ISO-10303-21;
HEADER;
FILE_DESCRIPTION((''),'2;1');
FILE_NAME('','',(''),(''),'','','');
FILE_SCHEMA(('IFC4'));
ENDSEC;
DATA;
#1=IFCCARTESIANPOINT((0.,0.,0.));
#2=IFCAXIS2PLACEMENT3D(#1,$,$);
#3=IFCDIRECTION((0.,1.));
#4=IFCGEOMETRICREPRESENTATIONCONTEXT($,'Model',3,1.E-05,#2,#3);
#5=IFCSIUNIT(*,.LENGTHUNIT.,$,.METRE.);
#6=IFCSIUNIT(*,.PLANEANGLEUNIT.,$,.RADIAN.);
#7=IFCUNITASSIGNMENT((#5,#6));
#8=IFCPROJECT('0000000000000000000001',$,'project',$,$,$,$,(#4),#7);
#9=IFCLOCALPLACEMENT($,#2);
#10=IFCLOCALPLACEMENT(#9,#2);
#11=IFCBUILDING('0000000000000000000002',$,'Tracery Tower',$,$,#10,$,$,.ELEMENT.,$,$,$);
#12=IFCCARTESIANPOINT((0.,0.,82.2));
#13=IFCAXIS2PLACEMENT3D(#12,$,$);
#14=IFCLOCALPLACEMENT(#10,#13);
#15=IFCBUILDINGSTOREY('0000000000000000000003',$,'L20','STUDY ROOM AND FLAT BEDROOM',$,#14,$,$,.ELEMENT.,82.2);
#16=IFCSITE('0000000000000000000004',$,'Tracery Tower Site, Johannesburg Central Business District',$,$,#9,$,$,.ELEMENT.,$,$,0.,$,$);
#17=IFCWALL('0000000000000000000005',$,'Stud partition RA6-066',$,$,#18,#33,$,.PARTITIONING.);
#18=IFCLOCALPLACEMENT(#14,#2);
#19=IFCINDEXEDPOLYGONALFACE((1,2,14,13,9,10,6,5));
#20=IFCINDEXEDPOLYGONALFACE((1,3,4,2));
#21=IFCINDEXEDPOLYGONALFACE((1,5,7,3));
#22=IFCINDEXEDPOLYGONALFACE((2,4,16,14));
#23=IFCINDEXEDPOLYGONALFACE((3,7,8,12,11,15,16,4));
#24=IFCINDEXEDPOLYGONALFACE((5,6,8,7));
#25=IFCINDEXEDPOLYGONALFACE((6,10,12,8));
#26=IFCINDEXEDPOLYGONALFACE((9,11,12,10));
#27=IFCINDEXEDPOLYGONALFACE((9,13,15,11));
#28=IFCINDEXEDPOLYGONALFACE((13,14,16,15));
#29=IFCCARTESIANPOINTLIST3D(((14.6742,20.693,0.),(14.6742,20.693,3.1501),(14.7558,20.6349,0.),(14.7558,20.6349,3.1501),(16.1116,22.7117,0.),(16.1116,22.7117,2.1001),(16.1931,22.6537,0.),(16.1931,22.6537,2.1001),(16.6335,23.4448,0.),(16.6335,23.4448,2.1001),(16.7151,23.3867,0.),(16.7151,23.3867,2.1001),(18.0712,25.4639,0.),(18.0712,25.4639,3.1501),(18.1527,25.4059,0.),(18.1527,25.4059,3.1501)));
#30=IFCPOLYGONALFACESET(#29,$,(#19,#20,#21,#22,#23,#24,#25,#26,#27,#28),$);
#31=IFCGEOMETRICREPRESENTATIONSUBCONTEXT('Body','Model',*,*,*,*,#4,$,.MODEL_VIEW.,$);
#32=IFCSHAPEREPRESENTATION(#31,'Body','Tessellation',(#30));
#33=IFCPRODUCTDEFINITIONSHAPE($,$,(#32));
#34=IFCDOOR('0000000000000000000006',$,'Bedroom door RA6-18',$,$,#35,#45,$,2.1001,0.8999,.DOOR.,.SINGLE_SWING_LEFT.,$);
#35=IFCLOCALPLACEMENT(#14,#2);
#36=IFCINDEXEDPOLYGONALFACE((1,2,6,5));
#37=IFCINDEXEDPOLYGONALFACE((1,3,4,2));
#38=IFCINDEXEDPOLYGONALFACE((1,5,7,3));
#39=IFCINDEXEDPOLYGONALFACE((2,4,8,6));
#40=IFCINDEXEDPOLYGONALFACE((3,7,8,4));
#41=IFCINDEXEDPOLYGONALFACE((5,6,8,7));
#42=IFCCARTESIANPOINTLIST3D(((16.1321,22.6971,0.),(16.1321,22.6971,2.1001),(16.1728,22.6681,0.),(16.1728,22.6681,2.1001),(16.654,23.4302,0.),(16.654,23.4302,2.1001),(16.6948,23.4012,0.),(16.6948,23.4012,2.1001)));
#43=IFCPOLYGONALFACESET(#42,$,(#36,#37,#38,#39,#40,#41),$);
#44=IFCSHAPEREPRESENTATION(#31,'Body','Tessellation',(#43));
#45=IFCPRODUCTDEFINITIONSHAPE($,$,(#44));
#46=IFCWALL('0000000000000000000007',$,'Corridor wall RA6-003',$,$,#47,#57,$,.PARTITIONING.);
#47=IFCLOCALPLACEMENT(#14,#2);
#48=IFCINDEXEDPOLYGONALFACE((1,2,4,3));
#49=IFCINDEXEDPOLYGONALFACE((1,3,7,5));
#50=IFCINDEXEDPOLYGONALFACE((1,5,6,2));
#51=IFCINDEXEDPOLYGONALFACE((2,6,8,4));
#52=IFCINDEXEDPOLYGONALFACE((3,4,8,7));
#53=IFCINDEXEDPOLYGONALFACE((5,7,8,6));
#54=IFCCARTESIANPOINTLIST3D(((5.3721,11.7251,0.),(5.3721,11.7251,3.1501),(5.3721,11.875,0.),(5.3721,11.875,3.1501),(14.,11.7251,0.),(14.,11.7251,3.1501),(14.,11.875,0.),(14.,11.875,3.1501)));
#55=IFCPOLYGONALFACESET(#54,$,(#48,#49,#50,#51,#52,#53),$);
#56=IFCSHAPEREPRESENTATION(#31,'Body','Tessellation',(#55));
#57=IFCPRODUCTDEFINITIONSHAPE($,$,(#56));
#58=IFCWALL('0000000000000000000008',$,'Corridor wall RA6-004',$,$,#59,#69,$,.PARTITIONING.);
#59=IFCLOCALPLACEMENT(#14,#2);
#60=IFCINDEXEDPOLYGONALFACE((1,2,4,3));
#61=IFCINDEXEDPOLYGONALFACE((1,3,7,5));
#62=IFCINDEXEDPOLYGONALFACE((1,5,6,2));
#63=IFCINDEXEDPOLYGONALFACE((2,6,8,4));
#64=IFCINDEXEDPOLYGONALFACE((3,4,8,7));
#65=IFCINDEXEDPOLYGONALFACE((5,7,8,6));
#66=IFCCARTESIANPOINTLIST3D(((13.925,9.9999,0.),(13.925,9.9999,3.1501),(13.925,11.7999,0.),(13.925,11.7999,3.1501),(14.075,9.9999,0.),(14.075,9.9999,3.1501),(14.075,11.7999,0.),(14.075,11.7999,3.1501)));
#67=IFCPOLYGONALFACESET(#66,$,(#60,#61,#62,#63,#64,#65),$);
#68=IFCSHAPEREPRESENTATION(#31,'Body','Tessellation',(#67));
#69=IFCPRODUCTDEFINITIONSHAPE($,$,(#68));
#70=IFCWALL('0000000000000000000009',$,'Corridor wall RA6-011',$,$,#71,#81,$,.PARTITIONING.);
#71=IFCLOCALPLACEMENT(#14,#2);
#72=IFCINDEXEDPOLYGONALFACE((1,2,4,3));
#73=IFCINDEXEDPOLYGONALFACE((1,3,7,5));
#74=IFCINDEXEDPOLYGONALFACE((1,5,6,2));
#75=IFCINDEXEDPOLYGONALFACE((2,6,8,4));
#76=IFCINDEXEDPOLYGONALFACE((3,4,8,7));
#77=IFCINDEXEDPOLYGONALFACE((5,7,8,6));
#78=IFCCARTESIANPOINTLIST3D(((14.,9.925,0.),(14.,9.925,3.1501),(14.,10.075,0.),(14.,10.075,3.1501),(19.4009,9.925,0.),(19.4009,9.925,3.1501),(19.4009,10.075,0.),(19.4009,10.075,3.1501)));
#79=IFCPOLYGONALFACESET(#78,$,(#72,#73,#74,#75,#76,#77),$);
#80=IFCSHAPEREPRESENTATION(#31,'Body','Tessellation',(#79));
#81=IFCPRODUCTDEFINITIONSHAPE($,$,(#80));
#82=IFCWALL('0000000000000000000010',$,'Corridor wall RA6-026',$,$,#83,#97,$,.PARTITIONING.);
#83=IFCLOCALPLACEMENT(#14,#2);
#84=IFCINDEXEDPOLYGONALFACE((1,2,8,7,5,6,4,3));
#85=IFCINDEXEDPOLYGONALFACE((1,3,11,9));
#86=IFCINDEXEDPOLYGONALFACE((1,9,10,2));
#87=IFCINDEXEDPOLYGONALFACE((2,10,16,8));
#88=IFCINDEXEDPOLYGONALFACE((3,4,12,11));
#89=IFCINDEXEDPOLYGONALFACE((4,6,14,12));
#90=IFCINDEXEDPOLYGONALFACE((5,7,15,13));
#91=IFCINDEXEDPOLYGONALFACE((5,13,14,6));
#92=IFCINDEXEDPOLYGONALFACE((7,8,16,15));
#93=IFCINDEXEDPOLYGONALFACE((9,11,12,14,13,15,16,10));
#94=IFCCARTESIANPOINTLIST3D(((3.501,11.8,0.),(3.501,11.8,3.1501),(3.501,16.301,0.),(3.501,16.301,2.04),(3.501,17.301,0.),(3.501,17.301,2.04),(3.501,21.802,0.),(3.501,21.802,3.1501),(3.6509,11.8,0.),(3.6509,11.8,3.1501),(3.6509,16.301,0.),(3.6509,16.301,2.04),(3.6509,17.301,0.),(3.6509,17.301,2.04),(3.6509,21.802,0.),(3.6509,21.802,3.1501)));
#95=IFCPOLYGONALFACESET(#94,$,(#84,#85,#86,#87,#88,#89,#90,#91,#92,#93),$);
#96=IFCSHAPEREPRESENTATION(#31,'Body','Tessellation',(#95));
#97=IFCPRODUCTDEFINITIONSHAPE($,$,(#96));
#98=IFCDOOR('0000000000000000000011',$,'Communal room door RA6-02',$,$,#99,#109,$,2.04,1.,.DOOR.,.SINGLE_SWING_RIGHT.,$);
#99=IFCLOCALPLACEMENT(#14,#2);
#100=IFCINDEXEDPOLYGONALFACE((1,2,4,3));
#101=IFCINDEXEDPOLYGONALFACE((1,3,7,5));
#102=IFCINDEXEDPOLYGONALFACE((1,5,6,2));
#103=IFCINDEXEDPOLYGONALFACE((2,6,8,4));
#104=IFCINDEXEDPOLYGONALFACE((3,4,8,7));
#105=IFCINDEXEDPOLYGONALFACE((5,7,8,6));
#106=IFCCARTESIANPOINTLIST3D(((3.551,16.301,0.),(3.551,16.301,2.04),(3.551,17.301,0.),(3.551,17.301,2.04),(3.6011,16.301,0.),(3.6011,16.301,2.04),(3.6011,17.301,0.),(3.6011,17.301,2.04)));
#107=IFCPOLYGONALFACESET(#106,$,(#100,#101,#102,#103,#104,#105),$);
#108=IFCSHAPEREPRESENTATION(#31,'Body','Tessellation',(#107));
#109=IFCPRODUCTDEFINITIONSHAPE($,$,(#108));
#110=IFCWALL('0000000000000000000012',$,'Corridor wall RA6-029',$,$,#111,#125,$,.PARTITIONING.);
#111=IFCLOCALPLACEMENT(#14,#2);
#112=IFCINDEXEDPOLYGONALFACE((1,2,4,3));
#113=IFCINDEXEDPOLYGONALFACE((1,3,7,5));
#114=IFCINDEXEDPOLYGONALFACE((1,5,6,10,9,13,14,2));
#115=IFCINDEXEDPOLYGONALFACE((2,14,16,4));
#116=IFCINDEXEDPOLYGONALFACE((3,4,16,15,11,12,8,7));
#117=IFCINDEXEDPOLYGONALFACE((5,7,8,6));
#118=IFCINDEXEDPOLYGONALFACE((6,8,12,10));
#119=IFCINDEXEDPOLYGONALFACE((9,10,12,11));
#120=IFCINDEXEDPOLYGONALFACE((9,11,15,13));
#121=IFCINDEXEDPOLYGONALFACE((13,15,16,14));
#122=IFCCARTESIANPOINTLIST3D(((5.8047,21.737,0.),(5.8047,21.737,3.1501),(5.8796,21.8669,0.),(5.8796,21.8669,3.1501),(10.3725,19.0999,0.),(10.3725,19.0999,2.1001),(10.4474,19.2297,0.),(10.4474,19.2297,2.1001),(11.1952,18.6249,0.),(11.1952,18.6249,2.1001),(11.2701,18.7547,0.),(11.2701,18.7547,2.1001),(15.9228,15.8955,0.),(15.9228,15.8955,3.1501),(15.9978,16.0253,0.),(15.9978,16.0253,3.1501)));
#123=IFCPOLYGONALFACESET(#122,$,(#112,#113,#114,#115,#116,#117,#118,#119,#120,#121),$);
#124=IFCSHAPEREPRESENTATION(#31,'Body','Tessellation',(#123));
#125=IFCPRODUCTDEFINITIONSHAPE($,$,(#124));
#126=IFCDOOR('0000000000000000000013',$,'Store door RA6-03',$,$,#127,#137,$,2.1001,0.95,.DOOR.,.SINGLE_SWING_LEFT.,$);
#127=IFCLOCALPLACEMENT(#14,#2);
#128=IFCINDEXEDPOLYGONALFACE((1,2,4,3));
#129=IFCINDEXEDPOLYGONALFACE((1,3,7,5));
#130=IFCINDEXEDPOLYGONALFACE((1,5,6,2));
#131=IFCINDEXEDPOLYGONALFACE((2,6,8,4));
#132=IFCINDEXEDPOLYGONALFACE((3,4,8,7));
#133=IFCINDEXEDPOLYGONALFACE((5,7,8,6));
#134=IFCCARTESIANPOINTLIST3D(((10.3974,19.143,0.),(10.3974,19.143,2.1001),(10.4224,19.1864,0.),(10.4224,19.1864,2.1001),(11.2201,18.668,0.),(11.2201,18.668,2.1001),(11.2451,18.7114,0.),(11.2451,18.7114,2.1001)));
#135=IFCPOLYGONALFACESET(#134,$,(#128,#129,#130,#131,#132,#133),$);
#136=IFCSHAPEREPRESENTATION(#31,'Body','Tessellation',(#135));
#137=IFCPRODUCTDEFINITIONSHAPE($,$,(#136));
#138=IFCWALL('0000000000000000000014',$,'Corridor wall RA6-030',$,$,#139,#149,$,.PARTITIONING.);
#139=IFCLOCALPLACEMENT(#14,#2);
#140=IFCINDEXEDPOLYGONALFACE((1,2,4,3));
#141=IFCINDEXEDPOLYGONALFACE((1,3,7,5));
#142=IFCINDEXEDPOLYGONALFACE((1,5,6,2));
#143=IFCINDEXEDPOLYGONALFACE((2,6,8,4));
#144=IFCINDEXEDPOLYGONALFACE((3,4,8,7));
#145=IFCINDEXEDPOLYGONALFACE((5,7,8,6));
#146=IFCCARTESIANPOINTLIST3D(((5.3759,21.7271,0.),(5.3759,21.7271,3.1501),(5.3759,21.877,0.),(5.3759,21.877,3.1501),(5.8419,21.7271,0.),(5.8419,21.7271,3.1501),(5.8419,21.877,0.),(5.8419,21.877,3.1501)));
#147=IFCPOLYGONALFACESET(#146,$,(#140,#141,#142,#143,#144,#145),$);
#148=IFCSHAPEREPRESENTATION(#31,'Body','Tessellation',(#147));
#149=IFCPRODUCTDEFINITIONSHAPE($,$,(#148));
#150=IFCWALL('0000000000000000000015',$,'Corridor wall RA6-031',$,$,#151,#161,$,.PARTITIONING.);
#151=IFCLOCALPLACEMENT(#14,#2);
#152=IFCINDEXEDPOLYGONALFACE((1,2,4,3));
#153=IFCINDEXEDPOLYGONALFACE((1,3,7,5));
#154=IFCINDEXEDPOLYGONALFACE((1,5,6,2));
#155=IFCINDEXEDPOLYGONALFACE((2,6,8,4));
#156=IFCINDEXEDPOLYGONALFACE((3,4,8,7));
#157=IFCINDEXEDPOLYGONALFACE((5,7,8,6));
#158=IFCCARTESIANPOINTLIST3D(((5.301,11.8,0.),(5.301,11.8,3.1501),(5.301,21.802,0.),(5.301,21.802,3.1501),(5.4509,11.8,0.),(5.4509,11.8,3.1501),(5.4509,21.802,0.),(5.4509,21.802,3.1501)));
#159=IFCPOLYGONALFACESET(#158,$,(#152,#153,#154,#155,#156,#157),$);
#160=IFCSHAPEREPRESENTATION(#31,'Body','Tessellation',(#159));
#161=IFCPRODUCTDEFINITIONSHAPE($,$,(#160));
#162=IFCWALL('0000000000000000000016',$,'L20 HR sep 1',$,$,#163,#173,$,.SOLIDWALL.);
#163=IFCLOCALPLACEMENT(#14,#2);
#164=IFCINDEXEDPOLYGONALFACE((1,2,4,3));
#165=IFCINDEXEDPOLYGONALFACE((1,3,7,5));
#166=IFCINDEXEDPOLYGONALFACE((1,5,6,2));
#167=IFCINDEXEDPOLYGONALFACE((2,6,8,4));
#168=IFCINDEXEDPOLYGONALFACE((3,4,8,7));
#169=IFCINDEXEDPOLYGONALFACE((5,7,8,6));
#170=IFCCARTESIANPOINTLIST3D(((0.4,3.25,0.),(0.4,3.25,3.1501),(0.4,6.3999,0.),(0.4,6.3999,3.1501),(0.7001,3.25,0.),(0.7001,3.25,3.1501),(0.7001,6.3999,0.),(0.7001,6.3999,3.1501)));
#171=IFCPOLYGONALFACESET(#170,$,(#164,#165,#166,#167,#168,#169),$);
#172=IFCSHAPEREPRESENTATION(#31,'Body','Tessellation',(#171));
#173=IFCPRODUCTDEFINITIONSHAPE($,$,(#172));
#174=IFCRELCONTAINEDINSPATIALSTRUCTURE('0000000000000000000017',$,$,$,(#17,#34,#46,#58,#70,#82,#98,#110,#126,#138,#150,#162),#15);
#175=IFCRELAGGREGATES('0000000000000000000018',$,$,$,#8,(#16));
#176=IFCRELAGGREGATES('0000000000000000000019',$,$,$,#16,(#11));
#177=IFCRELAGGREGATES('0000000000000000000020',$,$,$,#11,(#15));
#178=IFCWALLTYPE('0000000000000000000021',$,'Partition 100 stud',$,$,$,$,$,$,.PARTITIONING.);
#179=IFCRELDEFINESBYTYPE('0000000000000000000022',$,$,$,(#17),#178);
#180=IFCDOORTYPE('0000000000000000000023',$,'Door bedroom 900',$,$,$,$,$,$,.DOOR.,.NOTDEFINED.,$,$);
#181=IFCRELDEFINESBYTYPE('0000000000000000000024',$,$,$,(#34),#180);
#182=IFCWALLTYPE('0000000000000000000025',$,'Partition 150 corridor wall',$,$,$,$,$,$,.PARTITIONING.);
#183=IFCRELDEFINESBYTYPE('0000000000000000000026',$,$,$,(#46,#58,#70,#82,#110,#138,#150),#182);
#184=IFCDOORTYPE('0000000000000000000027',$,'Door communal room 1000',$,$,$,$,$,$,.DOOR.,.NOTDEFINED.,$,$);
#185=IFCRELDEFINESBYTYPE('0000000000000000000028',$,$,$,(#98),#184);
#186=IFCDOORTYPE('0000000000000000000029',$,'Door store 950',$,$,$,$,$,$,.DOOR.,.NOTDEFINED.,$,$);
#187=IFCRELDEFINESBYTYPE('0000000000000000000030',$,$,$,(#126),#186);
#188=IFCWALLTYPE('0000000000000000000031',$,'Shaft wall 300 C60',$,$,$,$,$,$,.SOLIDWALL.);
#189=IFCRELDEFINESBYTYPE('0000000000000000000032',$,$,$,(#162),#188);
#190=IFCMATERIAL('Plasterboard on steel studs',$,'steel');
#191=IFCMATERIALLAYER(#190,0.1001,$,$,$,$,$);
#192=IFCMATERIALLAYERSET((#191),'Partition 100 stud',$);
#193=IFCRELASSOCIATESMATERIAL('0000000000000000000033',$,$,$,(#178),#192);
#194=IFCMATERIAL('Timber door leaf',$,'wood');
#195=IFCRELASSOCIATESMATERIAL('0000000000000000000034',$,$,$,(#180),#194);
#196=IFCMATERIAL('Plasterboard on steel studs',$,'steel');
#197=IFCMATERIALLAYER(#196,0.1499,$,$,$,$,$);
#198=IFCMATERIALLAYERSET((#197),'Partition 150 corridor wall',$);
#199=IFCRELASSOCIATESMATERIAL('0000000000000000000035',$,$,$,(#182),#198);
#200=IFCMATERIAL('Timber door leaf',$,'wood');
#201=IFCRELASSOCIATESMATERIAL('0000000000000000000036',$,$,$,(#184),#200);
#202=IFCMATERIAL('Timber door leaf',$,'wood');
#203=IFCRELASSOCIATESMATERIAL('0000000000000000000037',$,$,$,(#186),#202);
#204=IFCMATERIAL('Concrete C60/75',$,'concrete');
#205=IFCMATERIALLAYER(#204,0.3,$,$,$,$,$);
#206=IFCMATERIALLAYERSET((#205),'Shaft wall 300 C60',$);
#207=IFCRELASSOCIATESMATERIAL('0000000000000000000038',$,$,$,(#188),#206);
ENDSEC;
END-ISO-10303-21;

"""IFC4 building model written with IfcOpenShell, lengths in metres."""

from ifc_helpers import new_model, si_unit, direction, frame, frame_2d, origin, place, context, subcontext, project, spatial, rectangle, extrude, material, layer, layer_set, type_object, element, fill, save


model = new_model("IFC4")

# Units and contexts
model_context = context("Model", 3, precision=1e-05, world=origin(), true_north=direction((0.0, 1.0)))
body_context = subcontext(model_context, "Body", "Model", "MODEL_VIEW")
ifc_project = project(units=[si_unit("LENGTHUNIT", "METRE"), si_unit("PLANEANGLEUNIT", "RADIAN")], contexts=[model_context])

# Site, building, storey
site_placement = place(None, origin())
site = spatial("IfcSite", under=ifc_project, at=site_placement, Name="Tracery Tower Site, Johannesburg Central Business District", CompositionType="ELEMENT", RefElevation=0.0)
building_placement = place(site_placement, origin())
building = spatial("IfcBuilding", under=site, at=building_placement, Name="Tracery Tower", CompositionType="ELEMENT")
storey_placement = place(building_placement, frame((0.0, 0.0, 82.2)))
storey = spatial("IfcBuildingStorey", under=building, at=storey_placement, Name="L20", Description="STUDY ROOM AND FLAT BEDROOM", CompositionType="ELEMENT", Elevation=82.2)

# Wall, opening, door
ifc_material_1 = material(Name="Plasterboard on steel studs", Category="steel")
ifc_layer_1 = layer(ifc_material_1, 0.1001)
ifc_layer_set_1 = layer_set([ifc_layer_1], Name="Partition 100 stud")
wall_type_1 = type_object("IfcWallType", Name="Partition 100 stud", PredefinedType="PARTITIONING", material=ifc_layer_set_1)
wall_1_placement = place(storey_placement, frame((14.7151, 20.6641, 0.0), z_axis=(0.0, 0.0, 1.0), x_axis=(0.580007, 0.814611, 0.0)))
wall_1 = element("IfcWall", 1, at=wall_1_placement, inside=storey, type_object=wall_type_1, Name="Stud partition RA6-066", PredefinedType="PARTITIONING", context=body_context, shape_type="SweptSolid", body=[
    extrude(rectangle(XDim=5.8567, YDim=0.1001, at=frame_2d((2.9282, 0.0))), origin(), (0.0, 0.0, 1.0), 3.1501),
])
opening_1_placement = place(wall_1_placement, frame((2.478, 0.0, 0.0)))
opening_1 = element("IfcOpeningElement", 2, at=opening_1_placement, cuts=wall_1, PredefinedType="OPENING", context=body_context, shape_type="SweptSolid", body=[
    extrude(rectangle(XDim=0.8999, YDim=2.1001, at=frame_2d((0.45, 1.05))), frame((0.0, 0.05, 0.0), z_axis=(0.0, -1.0, 0.0), x_axis=(1.0, 0.0, 0.0)), (0.0, 0.0, 1.0), 0.1001),
])
ifc_material_2 = material(Name="Timber door leaf", Category="wood")
door_type_1 = type_object("IfcDoorType", Name="Door bedroom 900", OperationType="NOTDEFINED", PredefinedType="DOOR", material=ifc_material_2)
door_1_placement = place(opening_1_placement, origin())
door_1 = element("IfcDoor", 3, at=door_1_placement, inside=storey, type_object=door_type_1, Name="Bedroom door RA6-18", OperationType="SINGLE_SWING_LEFT", OverallHeight=2.1001, OverallWidth=0.8999, PredefinedType="DOOR", context=body_context, shape_type="SweptSolid", body=[
    extrude(rectangle(XDim=0.8999, YDim=2.1001, at=frame_2d((0.45, 1.05))), frame((0.0, 0.0249, 0.0), z_axis=(0.0, -1.0, 0.0), x_axis=(1.0, 0.0, 0.0)), (0.0, 0.0, 1.0), 0.05),
])
fill(opening_1, door_1)

# Walls
ifc_material_3 = material(Name="Plasterboard on steel studs", Category="steel")
ifc_layer_2 = layer(ifc_material_3, 0.1499)
ifc_layer_set_2 = layer_set([ifc_layer_2], Name="Partition 150 corridor wall")
wall_type_2 = type_object("IfcWallType", Name="Partition 150 corridor wall", PredefinedType="PARTITIONING", material=ifc_layer_set_2)
wall_2_placement = place(storey_placement, frame((5.3721, 11.8, 0.0), z_axis=(0.0, 0.0, 1.0), x_axis=(1.0, 0.0, 0.0)))
element("IfcWall", 4, at=wall_2_placement, inside=storey, type_object=wall_type_2, Name="Corridor wall RA6-003", PredefinedType="PARTITIONING", context=body_context, shape_type="SweptSolid", body=[
    extrude(rectangle(XDim=8.6279, YDim=0.1499, at=frame_2d((4.314, 0.0))), origin(), (0.0, 0.0, 1.0), 3.1501),
])
wall_3_placement = place(storey_placement, frame((14.0, 10.0, 0.0), z_axis=(0.0, 0.0, 1.0), x_axis=(0.0, 1.0, 0.0)))
element("IfcWall", 5, at=wall_3_placement, inside=storey, type_object=wall_type_2, Name="Corridor wall RA6-004", PredefinedType="PARTITIONING", context=body_context, shape_type="SweptSolid", body=[
    extrude(rectangle(XDim=1.8, YDim=0.1499, at=frame_2d((0.8999, 0.0))), origin(), (0.0, 0.0, 1.0), 3.1501),
])
wall_4_placement = place(storey_placement, frame((14.0, 10.0, 0.0), z_axis=(0.0, 0.0, 1.0), x_axis=(1.0, 0.0, 0.0)))
element("IfcWall", 6, at=wall_4_placement, inside=storey, type_object=wall_type_2, Name="Corridor wall RA6-011", PredefinedType="PARTITIONING", context=body_context, shape_type="SweptSolid", body=[
    extrude(rectangle(XDim=5.4009, YDim=0.1499, at=frame_2d((2.7004, 0.0))), origin(), (0.0, 0.0, 1.0), 3.1501),
])

# Walls, openings, doors
wall_5_placement = place(storey_placement, frame((3.5759, 11.8, 0.0), z_axis=(0.0, 0.0, 1.0), x_axis=(0.0, 1.0, 0.0)))
wall_5 = element("IfcWall", 7, at=wall_5_placement, inside=storey, type_object=wall_type_2, Name="Corridor wall RA6-026", PredefinedType="PARTITIONING", context=body_context, shape_type="SweptSolid", body=[
    extrude(rectangle(XDim=10.002, YDim=0.1499, at=frame_2d((5.001, 0.0))), origin(), (0.0, 0.0, 1.0), 3.1501),
])
opening_2_placement = place(wall_5_placement, frame((4.501, 0.0, 0.0)))
opening_2 = element("IfcOpeningElement", 8, at=opening_2_placement, cuts=wall_5, PredefinedType="OPENING", context=body_context, shape_type="SweptSolid", body=[
    extrude(rectangle(XDim=1.0, YDim=2.04, at=frame_2d((0.5, 1.02))), frame((0.0, 0.075, 0.0), z_axis=(0.0, -1.0, 0.0), x_axis=(1.0, 0.0, 0.0)), (0.0, 0.0, 1.0), 0.1499),
])
ifc_material_4 = material(Name="Timber door leaf", Category="wood")
door_type_2 = type_object("IfcDoorType", Name="Door communal room 1000", OperationType="NOTDEFINED", PredefinedType="DOOR", material=ifc_material_4)
door_2_placement = place(opening_2_placement, origin())
door_2 = element("IfcDoor", 9, at=door_2_placement, inside=storey, type_object=door_type_2, Name="Communal room door RA6-02", OperationType="SINGLE_SWING_RIGHT", OverallHeight=2.04, OverallWidth=1.0, PredefinedType="DOOR", context=body_context, shape_type="SweptSolid", body=[
    extrude(rectangle(XDim=1.0, YDim=2.04, at=frame_2d((0.5, 1.02))), frame((0.0, 0.0249, 0.0), z_axis=(0.0, -1.0, 0.0), x_axis=(1.0, 0.0, 0.0)), (0.0, 0.0, 1.0), 0.05),
])
fill(opening_2, door_2)
wall_6_placement = place(storey_placement, frame((5.842, 21.802, 0.0), z_axis=(0.0, 0.0, 1.0), x_axis=(0.866032, -0.499989, 0.0)))
wall_6 = element("IfcWall", 10, at=wall_6_placement, inside=storey, type_object=wall_type_2, Name="Corridor wall RA6-029", PredefinedType="PARTITIONING", context=body_context, shape_type="SweptSolid", body=[
    extrude(rectangle(XDim=11.6833, YDim=0.1499, at=frame_2d((5.8418, 0.0))), origin(), (0.0, 0.0, 1.0), 3.1501),
])
opening_3_placement = place(wall_6_placement, frame((5.2744, 0.0, 0.0)))
opening_3 = element("IfcOpeningElement", 11, at=opening_3_placement, cuts=wall_6, PredefinedType="OPENING", context=body_context, shape_type="SweptSolid", body=[
    extrude(rectangle(XDim=0.95, YDim=2.1001, at=frame_2d((0.4751, 1.05))), frame((0.0, 0.075, 0.0), z_axis=(0.0, -1.0, 0.0), x_axis=(1.0, 0.0, 0.0)), (0.0, 0.0, 1.0), 0.1499),
])
ifc_material_5 = material(Name="Timber door leaf", Category="wood")
door_type_3 = type_object("IfcDoorType", Name="Door store 950", OperationType="NOTDEFINED", PredefinedType="DOOR", material=ifc_material_5)
door_3_placement = place(opening_3_placement, origin())
door_3 = element("IfcDoor", 12, at=door_3_placement, inside=storey, type_object=door_type_3, Name="Store door RA6-03", OperationType="SINGLE_SWING_LEFT", OverallHeight=2.1001, OverallWidth=0.95, PredefinedType="DOOR", context=body_context, shape_type="SweptSolid", body=[
    extrude(rectangle(XDim=0.95, YDim=2.1001, at=frame_2d((0.4751, 1.05))), frame((0.0, 0.0249, 0.0), z_axis=(0.0, -1.0, 0.0), x_axis=(1.0, 0.0, 0.0)), (0.0, 0.0, 1.0), 0.05),
])
fill(opening_3, door_3)

# Walls
wall_7_placement = place(storey_placement, frame((5.376, 21.802, 0.0), z_axis=(0.0, 0.0, 1.0), x_axis=(1.0, 0.0, 0.0)))
element("IfcWall", 13, at=wall_7_placement, inside=storey, type_object=wall_type_2, Name="Corridor wall RA6-030", PredefinedType="PARTITIONING", context=body_context, shape_type="SweptSolid", body=[
    extrude(rectangle(XDim=0.4661, YDim=0.1499, at=frame_2d((0.2329, 0.0))), origin(), (0.0, 0.0, 1.0), 3.1501),
])
wall_8_placement = place(storey_placement, frame((5.376, 11.8, 0.0), z_axis=(0.0, 0.0, 1.0), x_axis=(0.0, 1.0, 0.0)))
element("IfcWall", 14, at=wall_8_placement, inside=storey, type_object=wall_type_2, Name="Corridor wall RA6-031", PredefinedType="PARTITIONING", context=body_context, shape_type="SweptSolid", body=[
    extrude(rectangle(XDim=10.002, YDim=0.1499, at=frame_2d((5.001, 0.0))), origin(), (0.0, 0.0, 1.0), 3.1501),
])
ifc_material_6 = material(Name="Concrete C60/75", Category="concrete")
ifc_layer_3 = layer(ifc_material_6, 0.3)
ifc_layer_set_3 = layer_set([ifc_layer_3], Name="Shaft wall 300 C60")
wall_type_3 = type_object("IfcWallType", Name="Shaft wall 300 C60", PredefinedType="SOLIDWALL", material=ifc_layer_set_3)
for number, where, z_axis, x_axis, name in (
    (15, (0.55, 3.25, 0.0), (0.0, 0.0, 1.0), (0.0, 1.0, 0.0), "L20 HR sep 1"),
):
    element("IfcWall", number, at=place(storey_placement, frame(where, z_axis=z_axis, x_axis=x_axis)), inside=storey, type_object=wall_type_3, Name=name, PredefinedType="SOLIDWALL", context=body_context, shape_type="SweptSolid", body=[
        extrude(rectangle(XDim=3.1499, YDim=0.3, at=frame_2d((1.575, 0.0))), origin(), (0.0, 0.0, 1.0), 3.1501),
    ])

save(model, "model.ifc")
